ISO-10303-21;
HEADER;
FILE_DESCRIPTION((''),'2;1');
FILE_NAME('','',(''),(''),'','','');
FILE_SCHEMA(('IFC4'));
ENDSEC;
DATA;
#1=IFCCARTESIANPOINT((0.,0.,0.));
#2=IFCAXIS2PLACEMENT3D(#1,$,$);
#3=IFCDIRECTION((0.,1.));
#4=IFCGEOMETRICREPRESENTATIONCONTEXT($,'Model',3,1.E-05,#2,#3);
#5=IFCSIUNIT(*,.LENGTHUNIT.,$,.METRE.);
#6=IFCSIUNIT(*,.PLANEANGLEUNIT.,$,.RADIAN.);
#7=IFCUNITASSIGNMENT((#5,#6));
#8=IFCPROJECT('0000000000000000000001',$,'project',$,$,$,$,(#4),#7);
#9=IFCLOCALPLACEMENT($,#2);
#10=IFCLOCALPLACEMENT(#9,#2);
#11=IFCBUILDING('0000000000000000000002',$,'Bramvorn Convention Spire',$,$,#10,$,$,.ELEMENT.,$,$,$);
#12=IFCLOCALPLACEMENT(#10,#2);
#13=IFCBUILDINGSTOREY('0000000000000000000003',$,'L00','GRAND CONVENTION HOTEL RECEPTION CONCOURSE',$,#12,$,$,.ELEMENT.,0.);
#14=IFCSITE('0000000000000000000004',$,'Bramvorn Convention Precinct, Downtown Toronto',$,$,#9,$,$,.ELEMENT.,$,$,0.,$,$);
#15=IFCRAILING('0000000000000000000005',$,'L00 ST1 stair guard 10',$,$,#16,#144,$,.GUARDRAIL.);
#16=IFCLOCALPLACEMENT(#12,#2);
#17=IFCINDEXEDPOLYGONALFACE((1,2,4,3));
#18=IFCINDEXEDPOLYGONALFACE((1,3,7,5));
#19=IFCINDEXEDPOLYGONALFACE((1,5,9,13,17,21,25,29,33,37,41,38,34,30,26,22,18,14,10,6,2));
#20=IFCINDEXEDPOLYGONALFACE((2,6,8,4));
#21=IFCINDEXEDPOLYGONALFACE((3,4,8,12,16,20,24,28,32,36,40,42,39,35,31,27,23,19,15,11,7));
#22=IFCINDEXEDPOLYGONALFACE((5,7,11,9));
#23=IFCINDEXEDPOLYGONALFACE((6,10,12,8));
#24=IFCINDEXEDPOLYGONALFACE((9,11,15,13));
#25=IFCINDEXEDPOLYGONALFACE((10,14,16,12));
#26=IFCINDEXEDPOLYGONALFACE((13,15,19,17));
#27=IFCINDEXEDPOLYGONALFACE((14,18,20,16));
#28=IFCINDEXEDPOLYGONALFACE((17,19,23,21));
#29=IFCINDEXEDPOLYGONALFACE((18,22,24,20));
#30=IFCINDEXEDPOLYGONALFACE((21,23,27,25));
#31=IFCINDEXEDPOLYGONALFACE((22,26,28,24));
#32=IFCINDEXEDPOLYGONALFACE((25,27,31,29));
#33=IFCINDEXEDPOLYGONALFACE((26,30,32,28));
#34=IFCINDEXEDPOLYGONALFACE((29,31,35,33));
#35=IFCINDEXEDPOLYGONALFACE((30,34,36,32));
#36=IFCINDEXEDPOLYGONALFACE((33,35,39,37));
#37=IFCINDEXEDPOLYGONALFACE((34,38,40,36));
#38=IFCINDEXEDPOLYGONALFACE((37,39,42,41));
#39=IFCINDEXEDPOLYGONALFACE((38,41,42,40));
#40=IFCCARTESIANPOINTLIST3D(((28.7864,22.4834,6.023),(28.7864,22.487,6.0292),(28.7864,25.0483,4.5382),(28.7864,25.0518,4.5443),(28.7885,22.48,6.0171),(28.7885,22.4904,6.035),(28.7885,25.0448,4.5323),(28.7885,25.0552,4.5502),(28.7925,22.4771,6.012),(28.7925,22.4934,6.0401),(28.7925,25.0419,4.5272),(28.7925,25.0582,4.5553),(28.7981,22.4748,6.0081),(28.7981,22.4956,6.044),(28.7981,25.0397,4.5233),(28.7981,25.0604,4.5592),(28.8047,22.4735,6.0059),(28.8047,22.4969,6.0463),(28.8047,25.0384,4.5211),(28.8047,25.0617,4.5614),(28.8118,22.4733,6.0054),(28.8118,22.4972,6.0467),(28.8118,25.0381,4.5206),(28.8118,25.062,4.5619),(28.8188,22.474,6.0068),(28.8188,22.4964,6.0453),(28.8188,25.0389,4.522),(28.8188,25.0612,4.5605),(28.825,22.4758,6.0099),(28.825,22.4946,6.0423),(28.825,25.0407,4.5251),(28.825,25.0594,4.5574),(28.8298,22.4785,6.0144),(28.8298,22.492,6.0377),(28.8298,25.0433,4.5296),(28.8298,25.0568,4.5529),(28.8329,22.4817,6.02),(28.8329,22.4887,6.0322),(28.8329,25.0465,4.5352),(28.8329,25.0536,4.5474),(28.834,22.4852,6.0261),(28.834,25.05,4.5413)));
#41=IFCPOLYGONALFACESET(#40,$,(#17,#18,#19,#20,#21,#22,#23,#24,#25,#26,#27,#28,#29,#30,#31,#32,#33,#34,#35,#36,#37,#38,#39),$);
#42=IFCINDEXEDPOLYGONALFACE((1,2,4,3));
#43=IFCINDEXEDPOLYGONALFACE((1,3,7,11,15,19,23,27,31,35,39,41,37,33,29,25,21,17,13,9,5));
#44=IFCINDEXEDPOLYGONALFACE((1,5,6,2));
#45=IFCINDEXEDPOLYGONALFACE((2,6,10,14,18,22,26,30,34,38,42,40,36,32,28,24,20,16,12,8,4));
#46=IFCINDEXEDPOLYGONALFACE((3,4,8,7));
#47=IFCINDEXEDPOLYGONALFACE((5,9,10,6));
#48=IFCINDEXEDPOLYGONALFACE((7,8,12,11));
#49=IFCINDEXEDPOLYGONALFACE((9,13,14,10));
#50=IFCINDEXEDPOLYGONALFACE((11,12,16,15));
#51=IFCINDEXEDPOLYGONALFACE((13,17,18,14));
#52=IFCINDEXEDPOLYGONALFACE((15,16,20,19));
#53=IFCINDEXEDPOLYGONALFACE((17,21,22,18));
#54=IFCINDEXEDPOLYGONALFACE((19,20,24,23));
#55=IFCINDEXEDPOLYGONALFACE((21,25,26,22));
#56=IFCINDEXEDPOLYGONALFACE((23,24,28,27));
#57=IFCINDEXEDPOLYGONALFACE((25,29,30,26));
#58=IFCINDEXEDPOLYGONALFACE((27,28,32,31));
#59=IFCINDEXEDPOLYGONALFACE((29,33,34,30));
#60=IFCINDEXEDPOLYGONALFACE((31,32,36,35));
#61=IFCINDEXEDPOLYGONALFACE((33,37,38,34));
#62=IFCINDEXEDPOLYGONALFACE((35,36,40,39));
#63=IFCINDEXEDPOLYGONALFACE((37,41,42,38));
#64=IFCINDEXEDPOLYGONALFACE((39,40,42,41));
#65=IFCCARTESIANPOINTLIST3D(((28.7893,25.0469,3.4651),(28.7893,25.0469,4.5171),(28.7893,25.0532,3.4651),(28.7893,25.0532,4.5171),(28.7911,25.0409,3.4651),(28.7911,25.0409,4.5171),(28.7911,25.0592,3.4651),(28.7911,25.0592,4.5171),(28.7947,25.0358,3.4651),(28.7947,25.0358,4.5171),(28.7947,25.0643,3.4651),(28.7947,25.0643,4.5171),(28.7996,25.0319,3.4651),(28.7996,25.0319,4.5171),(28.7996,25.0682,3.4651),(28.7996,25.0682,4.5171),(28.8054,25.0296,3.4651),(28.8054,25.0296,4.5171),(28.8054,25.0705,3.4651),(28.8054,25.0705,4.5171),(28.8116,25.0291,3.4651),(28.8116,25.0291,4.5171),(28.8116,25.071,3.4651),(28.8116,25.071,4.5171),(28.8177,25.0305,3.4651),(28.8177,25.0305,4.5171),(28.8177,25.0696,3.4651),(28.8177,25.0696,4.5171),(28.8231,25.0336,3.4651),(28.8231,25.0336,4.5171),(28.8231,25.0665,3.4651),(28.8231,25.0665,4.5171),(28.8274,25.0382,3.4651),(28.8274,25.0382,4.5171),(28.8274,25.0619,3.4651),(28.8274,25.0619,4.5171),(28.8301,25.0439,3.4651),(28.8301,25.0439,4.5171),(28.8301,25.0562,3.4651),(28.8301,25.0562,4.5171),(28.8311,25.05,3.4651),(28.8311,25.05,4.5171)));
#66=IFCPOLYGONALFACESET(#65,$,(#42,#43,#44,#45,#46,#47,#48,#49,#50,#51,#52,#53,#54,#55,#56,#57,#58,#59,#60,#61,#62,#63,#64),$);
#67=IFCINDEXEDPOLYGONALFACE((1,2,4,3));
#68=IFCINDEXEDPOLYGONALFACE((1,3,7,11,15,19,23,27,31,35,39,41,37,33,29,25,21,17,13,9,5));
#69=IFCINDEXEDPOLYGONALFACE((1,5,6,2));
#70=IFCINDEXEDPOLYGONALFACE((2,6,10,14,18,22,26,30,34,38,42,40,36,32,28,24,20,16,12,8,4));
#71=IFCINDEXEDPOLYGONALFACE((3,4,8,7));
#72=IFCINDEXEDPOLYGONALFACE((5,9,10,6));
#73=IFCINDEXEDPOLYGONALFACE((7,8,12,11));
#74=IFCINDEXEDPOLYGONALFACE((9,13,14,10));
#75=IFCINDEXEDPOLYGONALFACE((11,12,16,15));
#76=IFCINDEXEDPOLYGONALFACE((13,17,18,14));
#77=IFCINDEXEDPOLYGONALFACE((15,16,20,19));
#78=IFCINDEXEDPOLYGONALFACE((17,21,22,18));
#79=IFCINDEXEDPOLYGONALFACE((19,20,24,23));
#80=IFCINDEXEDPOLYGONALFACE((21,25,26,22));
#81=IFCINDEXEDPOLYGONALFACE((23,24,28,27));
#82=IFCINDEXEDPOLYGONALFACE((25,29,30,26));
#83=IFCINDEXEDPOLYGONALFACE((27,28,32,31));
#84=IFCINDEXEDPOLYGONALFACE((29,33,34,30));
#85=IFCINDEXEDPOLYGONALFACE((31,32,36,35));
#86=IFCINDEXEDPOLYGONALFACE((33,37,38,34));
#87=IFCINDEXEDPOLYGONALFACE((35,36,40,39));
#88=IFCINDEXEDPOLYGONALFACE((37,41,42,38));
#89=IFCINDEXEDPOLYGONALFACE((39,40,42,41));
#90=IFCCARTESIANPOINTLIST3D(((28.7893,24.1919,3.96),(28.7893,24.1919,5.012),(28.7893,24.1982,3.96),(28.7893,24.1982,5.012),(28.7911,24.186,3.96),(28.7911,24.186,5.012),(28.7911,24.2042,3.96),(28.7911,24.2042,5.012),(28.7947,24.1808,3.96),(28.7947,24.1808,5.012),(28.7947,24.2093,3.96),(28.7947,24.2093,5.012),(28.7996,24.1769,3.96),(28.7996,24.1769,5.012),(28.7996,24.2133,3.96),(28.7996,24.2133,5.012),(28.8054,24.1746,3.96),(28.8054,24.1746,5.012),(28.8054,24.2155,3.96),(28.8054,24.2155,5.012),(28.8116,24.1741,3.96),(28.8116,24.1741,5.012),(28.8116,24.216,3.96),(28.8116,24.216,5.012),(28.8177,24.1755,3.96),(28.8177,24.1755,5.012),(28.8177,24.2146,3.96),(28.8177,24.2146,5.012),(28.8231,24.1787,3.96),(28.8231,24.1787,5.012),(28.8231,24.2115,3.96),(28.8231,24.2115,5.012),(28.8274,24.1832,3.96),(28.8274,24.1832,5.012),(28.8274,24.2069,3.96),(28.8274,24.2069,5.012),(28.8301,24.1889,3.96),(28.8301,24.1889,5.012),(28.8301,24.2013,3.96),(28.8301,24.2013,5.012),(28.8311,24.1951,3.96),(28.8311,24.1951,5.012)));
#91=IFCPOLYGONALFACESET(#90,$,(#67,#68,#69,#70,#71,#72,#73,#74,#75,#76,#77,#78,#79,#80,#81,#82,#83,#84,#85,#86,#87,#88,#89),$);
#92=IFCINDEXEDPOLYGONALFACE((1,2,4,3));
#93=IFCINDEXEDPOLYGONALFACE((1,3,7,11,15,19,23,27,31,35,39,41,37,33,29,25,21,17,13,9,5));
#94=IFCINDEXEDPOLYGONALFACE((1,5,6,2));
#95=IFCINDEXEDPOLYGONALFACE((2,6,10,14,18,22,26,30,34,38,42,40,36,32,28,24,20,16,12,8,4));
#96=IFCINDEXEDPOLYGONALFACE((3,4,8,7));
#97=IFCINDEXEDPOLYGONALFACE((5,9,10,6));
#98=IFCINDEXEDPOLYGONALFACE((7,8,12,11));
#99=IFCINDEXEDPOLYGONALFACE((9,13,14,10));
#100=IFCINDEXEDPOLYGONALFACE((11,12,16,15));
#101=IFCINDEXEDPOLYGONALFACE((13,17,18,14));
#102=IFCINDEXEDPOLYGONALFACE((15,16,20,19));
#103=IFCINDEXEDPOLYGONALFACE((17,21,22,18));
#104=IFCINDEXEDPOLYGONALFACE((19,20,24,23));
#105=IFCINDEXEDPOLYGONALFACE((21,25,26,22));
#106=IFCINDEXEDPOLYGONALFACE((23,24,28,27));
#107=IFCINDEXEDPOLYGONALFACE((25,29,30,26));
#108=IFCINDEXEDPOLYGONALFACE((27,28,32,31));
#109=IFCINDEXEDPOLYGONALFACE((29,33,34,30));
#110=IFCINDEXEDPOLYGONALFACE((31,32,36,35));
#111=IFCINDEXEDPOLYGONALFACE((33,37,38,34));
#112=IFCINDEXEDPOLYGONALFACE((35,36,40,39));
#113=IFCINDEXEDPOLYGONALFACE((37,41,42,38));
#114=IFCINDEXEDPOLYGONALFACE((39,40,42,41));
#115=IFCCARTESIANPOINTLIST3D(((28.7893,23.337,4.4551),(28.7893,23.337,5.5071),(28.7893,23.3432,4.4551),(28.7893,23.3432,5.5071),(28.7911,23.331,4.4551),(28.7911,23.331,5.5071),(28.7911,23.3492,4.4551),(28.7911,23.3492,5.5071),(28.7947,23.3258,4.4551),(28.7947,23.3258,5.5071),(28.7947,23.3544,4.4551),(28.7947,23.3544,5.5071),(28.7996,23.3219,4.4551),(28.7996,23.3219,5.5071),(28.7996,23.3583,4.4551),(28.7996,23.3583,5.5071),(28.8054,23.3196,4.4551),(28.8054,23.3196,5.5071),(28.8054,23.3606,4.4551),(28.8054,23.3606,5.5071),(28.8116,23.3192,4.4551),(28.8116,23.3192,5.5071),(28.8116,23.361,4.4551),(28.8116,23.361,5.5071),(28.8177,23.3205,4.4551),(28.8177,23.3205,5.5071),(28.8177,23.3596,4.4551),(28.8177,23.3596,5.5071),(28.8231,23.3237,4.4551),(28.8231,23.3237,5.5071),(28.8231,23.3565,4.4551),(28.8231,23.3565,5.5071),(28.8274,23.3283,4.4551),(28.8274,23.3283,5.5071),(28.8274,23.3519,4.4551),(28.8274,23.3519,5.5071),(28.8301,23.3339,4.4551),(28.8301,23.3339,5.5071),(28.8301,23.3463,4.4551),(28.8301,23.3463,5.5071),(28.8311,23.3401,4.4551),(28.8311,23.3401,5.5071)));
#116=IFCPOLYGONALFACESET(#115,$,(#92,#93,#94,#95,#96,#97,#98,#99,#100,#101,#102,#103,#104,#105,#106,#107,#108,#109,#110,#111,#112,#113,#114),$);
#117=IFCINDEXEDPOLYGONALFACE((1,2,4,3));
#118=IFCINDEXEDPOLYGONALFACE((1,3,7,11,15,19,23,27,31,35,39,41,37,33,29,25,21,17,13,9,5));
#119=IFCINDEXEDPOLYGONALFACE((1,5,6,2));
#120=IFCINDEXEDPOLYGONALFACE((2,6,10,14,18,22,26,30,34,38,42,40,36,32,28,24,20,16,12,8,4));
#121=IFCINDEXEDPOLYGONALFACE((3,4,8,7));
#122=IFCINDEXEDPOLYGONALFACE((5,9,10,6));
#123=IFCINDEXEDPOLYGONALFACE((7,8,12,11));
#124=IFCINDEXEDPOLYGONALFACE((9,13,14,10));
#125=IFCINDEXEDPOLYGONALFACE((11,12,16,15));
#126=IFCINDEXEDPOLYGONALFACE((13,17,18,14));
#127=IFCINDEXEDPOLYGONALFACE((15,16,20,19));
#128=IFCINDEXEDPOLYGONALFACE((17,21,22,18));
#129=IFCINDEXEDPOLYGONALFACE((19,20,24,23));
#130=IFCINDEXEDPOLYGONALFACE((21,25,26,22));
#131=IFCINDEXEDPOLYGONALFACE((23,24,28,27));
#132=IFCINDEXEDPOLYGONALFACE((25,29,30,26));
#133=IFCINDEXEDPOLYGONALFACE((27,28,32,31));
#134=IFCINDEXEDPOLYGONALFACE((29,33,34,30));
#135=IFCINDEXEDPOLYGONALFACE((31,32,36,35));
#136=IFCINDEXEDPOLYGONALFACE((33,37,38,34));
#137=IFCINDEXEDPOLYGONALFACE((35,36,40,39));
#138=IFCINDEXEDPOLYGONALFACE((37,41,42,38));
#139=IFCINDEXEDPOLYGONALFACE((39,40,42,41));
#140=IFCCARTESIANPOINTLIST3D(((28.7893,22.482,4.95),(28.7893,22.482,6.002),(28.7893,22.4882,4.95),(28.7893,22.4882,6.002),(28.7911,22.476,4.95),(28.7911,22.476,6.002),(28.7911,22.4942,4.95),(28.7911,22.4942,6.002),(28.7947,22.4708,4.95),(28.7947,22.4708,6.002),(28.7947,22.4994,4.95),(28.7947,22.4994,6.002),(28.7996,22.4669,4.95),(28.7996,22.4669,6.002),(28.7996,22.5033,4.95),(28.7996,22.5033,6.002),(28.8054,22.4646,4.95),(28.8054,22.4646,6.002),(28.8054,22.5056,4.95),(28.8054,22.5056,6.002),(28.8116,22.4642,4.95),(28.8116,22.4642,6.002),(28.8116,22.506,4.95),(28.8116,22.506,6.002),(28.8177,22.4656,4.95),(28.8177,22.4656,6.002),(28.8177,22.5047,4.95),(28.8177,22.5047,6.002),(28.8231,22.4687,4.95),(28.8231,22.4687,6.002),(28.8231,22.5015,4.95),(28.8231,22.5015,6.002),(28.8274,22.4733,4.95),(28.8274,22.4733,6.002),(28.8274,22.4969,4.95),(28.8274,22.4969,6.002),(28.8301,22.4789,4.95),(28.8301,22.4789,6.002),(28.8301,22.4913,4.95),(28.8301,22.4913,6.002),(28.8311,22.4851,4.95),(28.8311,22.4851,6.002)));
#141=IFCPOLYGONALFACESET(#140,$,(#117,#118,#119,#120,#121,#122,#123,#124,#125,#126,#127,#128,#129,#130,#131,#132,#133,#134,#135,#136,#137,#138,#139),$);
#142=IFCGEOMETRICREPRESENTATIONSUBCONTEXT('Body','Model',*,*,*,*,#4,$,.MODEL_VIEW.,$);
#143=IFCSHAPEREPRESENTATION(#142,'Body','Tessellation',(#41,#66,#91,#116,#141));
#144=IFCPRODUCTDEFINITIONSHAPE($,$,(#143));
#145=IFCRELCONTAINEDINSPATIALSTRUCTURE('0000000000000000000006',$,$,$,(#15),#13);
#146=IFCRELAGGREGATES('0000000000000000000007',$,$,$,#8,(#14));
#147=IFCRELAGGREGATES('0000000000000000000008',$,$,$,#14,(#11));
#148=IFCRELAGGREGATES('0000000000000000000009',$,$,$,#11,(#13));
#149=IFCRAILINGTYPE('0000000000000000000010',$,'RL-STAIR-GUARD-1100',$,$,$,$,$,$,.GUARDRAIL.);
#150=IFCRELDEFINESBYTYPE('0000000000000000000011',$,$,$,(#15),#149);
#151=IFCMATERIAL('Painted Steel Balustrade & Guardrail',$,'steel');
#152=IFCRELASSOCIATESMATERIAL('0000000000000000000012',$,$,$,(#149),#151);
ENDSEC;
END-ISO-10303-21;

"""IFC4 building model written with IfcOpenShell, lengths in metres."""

from ifc_helpers import new_model, si_unit, direction, frame, origin, origin_2d, place, context, subcontext, project, spatial, circle, extrude, material, type_object, element, save


model = new_model("IFC4")

# Units and contexts
model_context = context("Model", 3, precision=1e-05, world=origin(), true_north=direction((0.0, 1.0)))
body_context = subcontext(model_context, "Body", "Model", "MODEL_VIEW")
ifc_project = project(units=[si_unit("LENGTHUNIT", "METRE"), si_unit("PLANEANGLEUNIT", "RADIAN")], contexts=[model_context])

# Site, building, storey
site_placement = place(None, origin())
site = spatial("IfcSite", under=ifc_project, at=site_placement, Name="Bramvorn Convention Precinct, Downtown Toronto", CompositionType="ELEMENT", RefElevation=0.0)
building_placement = place(site_placement, origin())
building = spatial("IfcBuilding", under=site, at=building_placement, Name="Bramvorn Convention Spire", CompositionType="ELEMENT")
storey_placement = place(building_placement, origin())
storey = spatial("IfcBuildingStorey", under=building, at=storey_placement, Name="L00", Description="GRAND CONVENTION HOTEL RECEPTION CONCOURSE", CompositionType="ELEMENT", Elevation=0.0)

# Railing
ifc_material_1 = material(Name="Painted Steel Balustrade & Guardrail", Category="steel")
railing_type_1 = type_object("IfcRailingType", Name="RL-STAIR-GUARD-1100", PredefinedType="GUARDRAIL", material=ifc_material_1)
railing_1_placement = place(storey_placement, frame((28.8101, 25.05, 3.4651)))
element("IfcRailing", 1, at=railing_1_placement, inside=storey, type_object=railing_type_1, Name="L00 ST1 stair guard 10", PredefinedType="GUARDRAIL", context=body_context, shape_type="SweptSolid", body=[
    extrude(circle(Radius=0.0239, at=origin_2d()), frame((0.0, 0.0, 1.0762), z_axis=(0.0, -0.865441, 0.50101), x_axis=(1.0, 0.0, 0.0)), (0.0, 0.0, 1.0), 2.9636),
    extrude(circle(Radius=0.021, at=origin_2d()), origin(), (0.0, 0.0, 1.0), 1.052),
    extrude(circle(Radius=0.021, at=origin_2d()), frame((0.0, -0.855, 0.4949)), (0.0, 0.0, 1.0), 1.052),
    extrude(circle(Radius=0.021, at=origin_2d()), frame((0.0, -1.71, 0.99)), (0.0, 0.0, 1.0), 1.052),
    extrude(circle(Radius=0.021, at=origin_2d()), frame((0.0, -2.5649, 1.4849)), (0.0, 0.0, 1.0), 1.052),
])

save(model, "model.ifc")
